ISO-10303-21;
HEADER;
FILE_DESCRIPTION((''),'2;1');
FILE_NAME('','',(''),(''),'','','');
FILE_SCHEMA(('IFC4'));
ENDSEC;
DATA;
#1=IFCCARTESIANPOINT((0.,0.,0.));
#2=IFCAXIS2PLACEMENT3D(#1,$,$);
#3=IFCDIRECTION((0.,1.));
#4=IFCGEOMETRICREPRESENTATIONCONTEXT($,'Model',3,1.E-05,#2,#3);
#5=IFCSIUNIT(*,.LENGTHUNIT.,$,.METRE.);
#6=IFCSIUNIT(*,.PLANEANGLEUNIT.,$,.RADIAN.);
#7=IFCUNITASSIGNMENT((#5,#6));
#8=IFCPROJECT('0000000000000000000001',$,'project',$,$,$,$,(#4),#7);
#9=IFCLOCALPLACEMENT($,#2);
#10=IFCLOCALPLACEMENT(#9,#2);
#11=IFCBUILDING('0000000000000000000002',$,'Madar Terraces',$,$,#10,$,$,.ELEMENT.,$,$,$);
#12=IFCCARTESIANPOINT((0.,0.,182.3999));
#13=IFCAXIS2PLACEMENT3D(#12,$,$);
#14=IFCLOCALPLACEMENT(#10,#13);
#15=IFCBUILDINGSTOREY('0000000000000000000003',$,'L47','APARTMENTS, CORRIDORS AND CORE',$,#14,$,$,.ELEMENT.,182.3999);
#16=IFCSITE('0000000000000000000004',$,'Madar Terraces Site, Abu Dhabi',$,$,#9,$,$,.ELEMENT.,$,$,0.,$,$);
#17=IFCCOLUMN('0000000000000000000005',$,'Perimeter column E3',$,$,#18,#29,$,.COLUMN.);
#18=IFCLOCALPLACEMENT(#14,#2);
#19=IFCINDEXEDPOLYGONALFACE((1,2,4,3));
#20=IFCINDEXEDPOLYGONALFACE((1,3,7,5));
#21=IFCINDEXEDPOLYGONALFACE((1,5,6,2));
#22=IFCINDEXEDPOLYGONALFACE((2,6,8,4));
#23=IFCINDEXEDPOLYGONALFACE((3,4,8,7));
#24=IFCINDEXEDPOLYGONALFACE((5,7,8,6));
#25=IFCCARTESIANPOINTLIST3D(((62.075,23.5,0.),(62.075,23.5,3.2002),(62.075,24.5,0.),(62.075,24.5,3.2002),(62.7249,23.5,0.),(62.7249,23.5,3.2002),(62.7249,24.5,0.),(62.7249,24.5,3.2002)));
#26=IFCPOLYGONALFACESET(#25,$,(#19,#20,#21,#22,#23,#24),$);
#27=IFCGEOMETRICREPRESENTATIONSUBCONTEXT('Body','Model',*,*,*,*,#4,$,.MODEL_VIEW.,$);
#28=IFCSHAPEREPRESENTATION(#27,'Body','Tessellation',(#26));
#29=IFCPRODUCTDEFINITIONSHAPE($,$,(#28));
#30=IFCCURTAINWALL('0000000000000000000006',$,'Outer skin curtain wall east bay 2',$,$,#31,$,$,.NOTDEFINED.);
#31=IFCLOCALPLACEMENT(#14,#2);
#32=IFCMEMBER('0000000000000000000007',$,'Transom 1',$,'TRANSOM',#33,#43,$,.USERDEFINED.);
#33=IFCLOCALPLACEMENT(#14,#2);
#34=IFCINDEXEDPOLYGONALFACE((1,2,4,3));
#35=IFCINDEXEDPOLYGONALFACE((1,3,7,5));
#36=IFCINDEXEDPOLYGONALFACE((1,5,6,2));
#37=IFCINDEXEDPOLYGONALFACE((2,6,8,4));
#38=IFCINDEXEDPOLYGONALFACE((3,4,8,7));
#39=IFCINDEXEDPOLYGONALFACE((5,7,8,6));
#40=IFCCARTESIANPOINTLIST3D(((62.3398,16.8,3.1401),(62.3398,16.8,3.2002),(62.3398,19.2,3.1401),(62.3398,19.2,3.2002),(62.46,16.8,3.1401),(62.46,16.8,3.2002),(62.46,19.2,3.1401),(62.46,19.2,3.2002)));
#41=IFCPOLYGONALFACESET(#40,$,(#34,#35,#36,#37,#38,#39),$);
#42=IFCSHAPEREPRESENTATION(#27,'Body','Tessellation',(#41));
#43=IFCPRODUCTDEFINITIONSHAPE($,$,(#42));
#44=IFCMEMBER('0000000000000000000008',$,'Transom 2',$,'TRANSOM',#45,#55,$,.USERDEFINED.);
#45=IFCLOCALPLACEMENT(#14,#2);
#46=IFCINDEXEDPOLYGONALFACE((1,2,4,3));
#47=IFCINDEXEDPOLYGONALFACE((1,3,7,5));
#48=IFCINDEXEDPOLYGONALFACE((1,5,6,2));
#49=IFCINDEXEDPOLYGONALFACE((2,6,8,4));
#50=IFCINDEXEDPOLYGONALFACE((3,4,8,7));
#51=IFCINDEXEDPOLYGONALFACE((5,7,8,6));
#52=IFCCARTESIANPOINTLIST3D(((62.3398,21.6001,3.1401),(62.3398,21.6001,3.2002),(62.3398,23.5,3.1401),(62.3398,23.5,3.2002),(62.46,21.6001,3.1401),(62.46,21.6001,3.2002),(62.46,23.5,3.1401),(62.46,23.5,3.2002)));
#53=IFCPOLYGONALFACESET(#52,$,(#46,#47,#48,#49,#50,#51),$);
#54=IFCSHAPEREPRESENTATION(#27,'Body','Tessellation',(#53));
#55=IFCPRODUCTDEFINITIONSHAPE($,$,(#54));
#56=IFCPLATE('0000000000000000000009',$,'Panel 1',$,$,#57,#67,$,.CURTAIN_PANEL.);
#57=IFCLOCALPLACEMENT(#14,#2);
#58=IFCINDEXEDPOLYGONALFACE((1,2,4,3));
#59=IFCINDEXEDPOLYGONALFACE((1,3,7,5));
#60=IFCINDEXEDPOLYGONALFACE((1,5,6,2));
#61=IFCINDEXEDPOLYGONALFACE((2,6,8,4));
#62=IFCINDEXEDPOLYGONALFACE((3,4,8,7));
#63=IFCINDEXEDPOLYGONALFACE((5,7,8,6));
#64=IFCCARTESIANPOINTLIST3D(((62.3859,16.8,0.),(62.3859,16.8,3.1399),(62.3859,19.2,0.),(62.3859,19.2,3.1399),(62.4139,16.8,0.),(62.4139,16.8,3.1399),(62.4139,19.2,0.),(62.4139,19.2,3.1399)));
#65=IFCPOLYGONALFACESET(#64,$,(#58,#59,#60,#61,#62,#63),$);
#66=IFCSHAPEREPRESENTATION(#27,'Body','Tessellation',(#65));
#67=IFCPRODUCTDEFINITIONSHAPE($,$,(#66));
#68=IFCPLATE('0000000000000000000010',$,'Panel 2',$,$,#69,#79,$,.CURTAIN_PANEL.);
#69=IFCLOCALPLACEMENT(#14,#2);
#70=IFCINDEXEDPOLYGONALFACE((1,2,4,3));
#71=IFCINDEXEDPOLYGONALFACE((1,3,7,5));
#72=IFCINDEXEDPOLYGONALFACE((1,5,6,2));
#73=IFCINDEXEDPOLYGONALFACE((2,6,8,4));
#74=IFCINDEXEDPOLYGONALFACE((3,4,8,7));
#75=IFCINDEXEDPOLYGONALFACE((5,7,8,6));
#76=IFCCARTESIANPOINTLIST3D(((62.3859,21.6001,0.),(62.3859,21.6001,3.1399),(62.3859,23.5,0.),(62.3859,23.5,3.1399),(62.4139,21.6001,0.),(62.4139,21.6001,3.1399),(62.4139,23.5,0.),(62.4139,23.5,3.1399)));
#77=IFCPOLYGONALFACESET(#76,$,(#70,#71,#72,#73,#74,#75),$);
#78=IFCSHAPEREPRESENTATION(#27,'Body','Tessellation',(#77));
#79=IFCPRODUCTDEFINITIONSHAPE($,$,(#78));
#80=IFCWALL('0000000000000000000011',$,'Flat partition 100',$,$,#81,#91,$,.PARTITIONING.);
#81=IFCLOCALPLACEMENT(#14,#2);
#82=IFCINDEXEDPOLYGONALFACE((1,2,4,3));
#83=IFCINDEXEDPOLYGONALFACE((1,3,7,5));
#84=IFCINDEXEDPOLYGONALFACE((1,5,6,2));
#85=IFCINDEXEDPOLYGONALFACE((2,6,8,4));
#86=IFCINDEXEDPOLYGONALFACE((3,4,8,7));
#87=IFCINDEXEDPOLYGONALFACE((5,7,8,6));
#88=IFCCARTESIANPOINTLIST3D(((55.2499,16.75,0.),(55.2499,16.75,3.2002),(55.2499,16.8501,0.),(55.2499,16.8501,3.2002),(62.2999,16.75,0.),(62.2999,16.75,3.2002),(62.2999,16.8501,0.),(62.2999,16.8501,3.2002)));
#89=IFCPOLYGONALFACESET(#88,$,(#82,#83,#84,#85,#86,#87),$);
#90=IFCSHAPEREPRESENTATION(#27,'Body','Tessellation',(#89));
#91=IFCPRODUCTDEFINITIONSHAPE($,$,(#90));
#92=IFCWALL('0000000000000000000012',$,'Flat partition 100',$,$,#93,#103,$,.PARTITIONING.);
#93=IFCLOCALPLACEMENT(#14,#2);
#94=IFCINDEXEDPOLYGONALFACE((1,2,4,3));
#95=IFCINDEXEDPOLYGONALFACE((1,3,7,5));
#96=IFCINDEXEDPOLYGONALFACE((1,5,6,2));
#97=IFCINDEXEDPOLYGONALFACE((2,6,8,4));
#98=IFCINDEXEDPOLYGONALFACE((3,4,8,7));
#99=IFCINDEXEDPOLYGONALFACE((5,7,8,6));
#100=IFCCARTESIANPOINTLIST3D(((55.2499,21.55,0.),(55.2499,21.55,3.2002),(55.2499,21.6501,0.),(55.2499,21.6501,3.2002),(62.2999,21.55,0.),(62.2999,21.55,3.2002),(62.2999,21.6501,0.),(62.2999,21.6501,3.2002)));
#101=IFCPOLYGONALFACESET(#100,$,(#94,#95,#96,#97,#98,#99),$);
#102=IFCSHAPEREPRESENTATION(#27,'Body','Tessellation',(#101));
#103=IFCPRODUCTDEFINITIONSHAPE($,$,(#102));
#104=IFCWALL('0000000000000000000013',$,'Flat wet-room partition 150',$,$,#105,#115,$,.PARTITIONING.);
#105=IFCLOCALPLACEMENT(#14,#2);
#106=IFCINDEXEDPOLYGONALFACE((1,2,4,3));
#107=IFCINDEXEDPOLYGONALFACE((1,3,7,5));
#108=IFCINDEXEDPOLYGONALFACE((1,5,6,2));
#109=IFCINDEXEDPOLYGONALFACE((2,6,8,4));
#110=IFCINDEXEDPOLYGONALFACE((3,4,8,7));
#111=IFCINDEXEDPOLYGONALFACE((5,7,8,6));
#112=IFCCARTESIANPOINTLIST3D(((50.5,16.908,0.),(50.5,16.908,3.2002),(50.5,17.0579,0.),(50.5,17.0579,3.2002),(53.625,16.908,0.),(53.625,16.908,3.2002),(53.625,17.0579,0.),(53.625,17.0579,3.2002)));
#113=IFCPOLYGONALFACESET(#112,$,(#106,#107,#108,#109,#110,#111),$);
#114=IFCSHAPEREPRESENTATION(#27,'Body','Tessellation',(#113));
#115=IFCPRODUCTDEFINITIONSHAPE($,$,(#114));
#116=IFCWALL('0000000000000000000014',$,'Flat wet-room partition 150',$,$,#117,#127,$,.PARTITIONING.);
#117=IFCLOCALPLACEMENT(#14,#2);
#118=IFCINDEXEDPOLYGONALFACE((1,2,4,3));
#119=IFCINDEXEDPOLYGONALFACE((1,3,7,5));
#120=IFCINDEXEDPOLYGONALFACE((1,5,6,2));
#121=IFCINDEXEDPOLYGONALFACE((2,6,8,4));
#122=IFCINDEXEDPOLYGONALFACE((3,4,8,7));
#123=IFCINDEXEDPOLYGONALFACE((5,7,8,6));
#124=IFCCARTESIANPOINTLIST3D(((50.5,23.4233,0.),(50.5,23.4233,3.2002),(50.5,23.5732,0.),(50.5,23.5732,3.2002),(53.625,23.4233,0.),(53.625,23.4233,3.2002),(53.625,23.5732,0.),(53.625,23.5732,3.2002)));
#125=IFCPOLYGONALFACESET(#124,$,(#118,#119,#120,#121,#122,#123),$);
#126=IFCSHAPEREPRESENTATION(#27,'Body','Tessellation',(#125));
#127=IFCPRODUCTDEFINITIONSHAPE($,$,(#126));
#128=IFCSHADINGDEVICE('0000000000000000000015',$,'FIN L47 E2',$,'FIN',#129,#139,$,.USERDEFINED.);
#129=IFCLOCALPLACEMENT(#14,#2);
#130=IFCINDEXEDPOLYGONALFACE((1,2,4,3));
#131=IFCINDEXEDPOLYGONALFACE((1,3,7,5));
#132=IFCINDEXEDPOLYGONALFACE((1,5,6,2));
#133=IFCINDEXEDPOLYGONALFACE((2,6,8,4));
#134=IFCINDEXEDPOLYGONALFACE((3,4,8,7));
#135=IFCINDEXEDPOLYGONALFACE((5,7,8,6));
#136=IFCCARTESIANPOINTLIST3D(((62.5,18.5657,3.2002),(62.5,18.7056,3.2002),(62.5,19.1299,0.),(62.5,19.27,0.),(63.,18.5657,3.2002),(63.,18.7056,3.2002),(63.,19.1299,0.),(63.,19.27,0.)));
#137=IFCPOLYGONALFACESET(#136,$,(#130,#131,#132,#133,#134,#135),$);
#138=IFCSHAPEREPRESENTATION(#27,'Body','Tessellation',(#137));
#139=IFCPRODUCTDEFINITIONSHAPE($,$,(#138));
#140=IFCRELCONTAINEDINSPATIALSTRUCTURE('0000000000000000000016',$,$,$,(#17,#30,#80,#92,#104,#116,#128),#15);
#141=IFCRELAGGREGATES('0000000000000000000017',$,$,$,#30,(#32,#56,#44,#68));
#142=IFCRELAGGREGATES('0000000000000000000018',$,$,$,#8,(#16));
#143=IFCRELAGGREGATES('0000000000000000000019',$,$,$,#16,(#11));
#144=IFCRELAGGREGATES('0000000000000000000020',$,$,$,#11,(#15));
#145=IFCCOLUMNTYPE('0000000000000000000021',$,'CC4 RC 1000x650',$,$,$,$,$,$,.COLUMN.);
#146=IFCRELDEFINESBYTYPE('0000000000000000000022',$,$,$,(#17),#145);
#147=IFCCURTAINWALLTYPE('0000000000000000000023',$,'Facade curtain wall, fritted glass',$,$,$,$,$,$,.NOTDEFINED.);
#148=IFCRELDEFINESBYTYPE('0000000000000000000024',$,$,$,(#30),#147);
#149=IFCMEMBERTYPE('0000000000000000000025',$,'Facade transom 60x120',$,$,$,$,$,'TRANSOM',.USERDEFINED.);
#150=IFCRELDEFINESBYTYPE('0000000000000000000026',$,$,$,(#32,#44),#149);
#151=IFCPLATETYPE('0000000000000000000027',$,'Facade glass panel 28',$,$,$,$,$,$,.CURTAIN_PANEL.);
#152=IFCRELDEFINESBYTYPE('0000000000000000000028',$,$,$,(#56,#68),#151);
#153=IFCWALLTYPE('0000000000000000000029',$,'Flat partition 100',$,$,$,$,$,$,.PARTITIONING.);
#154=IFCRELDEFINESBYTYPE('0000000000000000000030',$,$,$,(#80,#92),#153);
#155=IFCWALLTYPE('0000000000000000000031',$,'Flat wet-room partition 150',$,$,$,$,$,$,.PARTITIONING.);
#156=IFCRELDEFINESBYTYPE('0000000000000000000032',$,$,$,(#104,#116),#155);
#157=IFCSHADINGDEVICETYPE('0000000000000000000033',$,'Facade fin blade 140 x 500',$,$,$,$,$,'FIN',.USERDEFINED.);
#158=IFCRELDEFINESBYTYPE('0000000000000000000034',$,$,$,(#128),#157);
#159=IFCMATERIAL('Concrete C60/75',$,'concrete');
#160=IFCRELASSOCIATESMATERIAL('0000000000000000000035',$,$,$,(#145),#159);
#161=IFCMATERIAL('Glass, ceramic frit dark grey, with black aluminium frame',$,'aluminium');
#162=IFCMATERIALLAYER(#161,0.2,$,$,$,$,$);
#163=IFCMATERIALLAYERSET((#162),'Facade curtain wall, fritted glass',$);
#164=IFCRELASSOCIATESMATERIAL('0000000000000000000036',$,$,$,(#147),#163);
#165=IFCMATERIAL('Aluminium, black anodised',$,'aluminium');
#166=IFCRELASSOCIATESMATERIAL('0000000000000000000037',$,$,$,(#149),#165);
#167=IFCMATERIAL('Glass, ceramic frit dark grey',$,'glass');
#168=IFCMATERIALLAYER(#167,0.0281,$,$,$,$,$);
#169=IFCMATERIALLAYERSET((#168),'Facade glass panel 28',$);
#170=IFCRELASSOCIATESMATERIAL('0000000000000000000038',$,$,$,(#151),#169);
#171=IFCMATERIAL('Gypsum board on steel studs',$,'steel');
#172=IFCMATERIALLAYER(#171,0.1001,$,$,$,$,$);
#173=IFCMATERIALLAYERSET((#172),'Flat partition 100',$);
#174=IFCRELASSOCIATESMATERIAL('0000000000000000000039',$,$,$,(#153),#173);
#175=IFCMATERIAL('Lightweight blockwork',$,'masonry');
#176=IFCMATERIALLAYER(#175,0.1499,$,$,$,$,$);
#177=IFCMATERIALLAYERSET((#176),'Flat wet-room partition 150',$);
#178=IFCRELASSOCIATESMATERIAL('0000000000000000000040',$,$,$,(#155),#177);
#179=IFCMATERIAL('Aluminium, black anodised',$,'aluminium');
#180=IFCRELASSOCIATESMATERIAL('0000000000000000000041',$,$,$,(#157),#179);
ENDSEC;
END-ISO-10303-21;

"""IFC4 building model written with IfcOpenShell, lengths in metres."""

from ifc_helpers import new_model, si_unit, direction, frame, frame_2d, origin, origin_2d, place, context, subcontext, project, spatial, polyline, rectangle, outline, extrude, material, layer, layer_set, material_profile, profile_set, type_object, element, aggregate, save


model = new_model("IFC4")

# Units and contexts
model_context = context("Model", 3, precision=1e-05, world=origin(), true_north=direction((0.0, 1.0)))
body_context = subcontext(model_context, "Body", "Model", "MODEL_VIEW")
ifc_project = project(units=[si_unit("LENGTHUNIT", "METRE"), si_unit("PLANEANGLEUNIT", "RADIAN")], contexts=[model_context])

# Site, building, storey
site_placement = place(None, origin())
site = spatial("IfcSite", under=ifc_project, at=site_placement, Name="Madar Terraces Site, Abu Dhabi", CompositionType="ELEMENT", RefElevation=0.0)
building_placement = place(site_placement, origin())
building = spatial("IfcBuilding", under=site, at=building_placement, Name="Madar Terraces", CompositionType="ELEMENT")
storey_placement = place(building_placement, frame((0.0, 0.0, 182.3999)))
storey = spatial("IfcBuildingStorey", under=building, at=storey_placement, Name="L47", Description="APARTMENTS, CORRIDORS AND CORE", CompositionType="ELEMENT", Elevation=182.3999)

# Column
ifc_material_1 = material(Name="Concrete C60/75", Category="concrete")
ifc_material_profile_1 = material_profile(ifc_material_1, rectangle(XDim=1.0, YDim=0.6499, at=origin_2d()), Name="CC4 RC 1000x650")
ifc_profile_set_1 = profile_set([ifc_material_profile_1], Name="Concrete C60/75")
column_type = type_object("IfcColumnType", Name="CC4 RC 1000x650", PredefinedType="COLUMN", material=ifc_profile_set_1)
column_placement = place(storey_placement, frame((62.3999, 24.0, 0.0), z_axis=(0.0, 0.0, 1.0), x_axis=(0.0, 1.0, 0.0)))
element("IfcColumn", 1, at=column_placement, inside=storey, type_object=column_type, Name="Perimeter column E3", PredefinedType="COLUMN", context=body_context, shape_type="SweptSolid", body=[
    extrude(rectangle(XDim=1.0, YDim=0.6499, at=origin_2d()), origin(), (0.0, 0.0, 1.0), 3.2002),
])

# Curtain wall, members, plates
ifc_material_2 = material(Name="Glass, ceramic frit dark grey, with black aluminium frame", Category="aluminium")
ifc_layer_1 = layer(ifc_material_2, 0.2)
ifc_layer_set_1 = layer_set([ifc_layer_1], Name="Facade curtain wall, fritted glass")
curtain_wall_type = type_object("IfcCurtainWallType", Name="Facade curtain wall, fritted glass", PredefinedType="NOTDEFINED", material=ifc_layer_set_1)
curtain_wall_placement = place(storey_placement, origin())
curtain_wall = element("IfcCurtainWall", 2, at=curtain_wall_placement, inside=storey, type_object=curtain_wall_type, Name="Outer skin curtain wall east bay 2", PredefinedType="NOTDEFINED")
ifc_material_3 = material(Name="Aluminium, black anodised", Category="aluminium")
ifc_material_profile_2 = material_profile(ifc_material_3, rectangle(XDim=0.1201, YDim=0.0601, at=origin_2d()), Name="Facade transom 60x120")
ifc_profile_set_2 = profile_set([ifc_material_profile_2], Name="Aluminium, black anodised")
member_type = type_object("IfcMemberType", Name="Facade transom 60x120", ElementType="TRANSOM", PredefinedType="USERDEFINED", material=ifc_profile_set_2)
member_1_placement = place(storey_placement, frame((62.3999, 16.8, 3.1702), z_axis=(0.0, 1.0, 0.0), x_axis=(-1.0, 0.0, 0.0)))
member_1 = element("IfcMember", 3, at=member_1_placement, type_object=member_type, Name="Transom 1", ObjectType="TRANSOM", PredefinedType="USERDEFINED", context=body_context, shape_type="SweptSolid", body=[
    extrude(rectangle(XDim=0.1201, YDim=0.0601, at=origin_2d()), origin(), (0.0, 0.0, 1.0), 2.3999),
])
member_2_placement = place(storey_placement, frame((62.3999, 21.6001, 3.1702), z_axis=(0.0, 1.0, 0.0), x_axis=(-1.0, 0.0, 0.0)))
member_2 = element("IfcMember", 4, at=member_2_placement, type_object=member_type, Name="Transom 2", ObjectType="TRANSOM", PredefinedType="USERDEFINED", context=body_context, shape_type="SweptSolid", body=[
    extrude(rectangle(XDim=0.1201, YDim=0.0601, at=origin_2d()), origin(), (0.0, 0.0, 1.0), 1.8999),
])
ifc_material_4 = material(Name="Glass, ceramic frit dark grey", Category="glass")
ifc_layer_2 = layer(ifc_material_4, 0.0281)
ifc_layer_set_2 = layer_set([ifc_layer_2], Name="Facade glass panel 28")
plate_type = type_object("IfcPlateType", Name="Facade glass panel 28", PredefinedType="CURTAIN_PANEL", material=ifc_layer_set_2)
plate_1_placement = place(storey_placement, frame((62.3999, 18.0, 0.0), z_axis=(0.0, 0.0, 1.0), x_axis=(0.0, 1.0, 0.0)))
plate_1 = element("IfcPlate", 5, at=plate_1_placement, type_object=plate_type, Name="Panel 1", PredefinedType="CURTAIN_PANEL", context=body_context, shape_type="SweptSolid", body=[
    extrude(rectangle(XDim=2.3999, YDim=0.0281, at=origin_2d()), origin(), (0.0, 0.0, 1.0), 3.1399),
])
plate_2_placement = place(storey_placement, frame((62.3999, 22.55, 0.0), z_axis=(0.0, 0.0, 1.0), x_axis=(0.0, 1.0, 0.0)))
plate_2 = element("IfcPlate", 6, at=plate_2_placement, type_object=plate_type, Name="Panel 2", PredefinedType="CURTAIN_PANEL", context=body_context, shape_type="SweptSolid", body=[
    extrude(rectangle(XDim=1.8999, YDim=0.0281, at=origin_2d()), origin(), (0.0, 0.0, 1.0), 3.1399),
])
aggregate(curtain_wall, [member_1, plate_1, member_2, plate_2])

# Walls
ifc_material_5 = material(Name="Gypsum board on steel studs", Category="steel")
ifc_layer_3 = layer(ifc_material_5, 0.1001)
ifc_layer_set_3 = layer_set([ifc_layer_3], Name="Flat partition 100")
wall_type_1 = type_object("IfcWallType", Name="Flat partition 100", PredefinedType="PARTITIONING", material=ifc_layer_set_3)
for number, where, z_axis, x_axis, name in (
    (7, (55.25, 16.8, 0.0), (0.0, 0.0, 1.0), (1.0, 0.0, 0.0), "Flat partition 100"),
    (8, (55.25, 21.6001, 0.0), (0.0, 0.0, 1.0), (1.0, 0.0, 0.0), "Flat partition 100"),
):
    element("IfcWall", number, at=place(storey_placement, frame(where, z_axis=z_axis, x_axis=x_axis)), inside=storey, type_object=wall_type_1, Name=name, PredefinedType="PARTITIONING", context=body_context, shape_type="SweptSolid", body=[
        extrude(rectangle(XDim=7.05, YDim=0.1001, at=frame_2d((3.5249, 0.0))), origin(), (0.0, 0.0, 1.0), 3.2002),
    ])
ifc_material_6 = material(Name="Lightweight blockwork", Category="masonry")
ifc_layer_4 = layer(ifc_material_6, 0.1499)
ifc_layer_set_4 = layer_set([ifc_layer_4], Name="Flat wet-room partition 150")
wall_type_2 = type_object("IfcWallType", Name="Flat wet-room partition 150", PredefinedType="PARTITIONING", material=ifc_layer_set_4)
for number, where, z_axis, x_axis, name in (
    (9, (50.5, 16.9829, 0.0), (0.0, 0.0, 1.0), (1.0, 0.0, 0.0), "Flat wet-room partition 150"),
    (10, (50.5, 23.4983, 0.0), (0.0, 0.0, 1.0), (1.0, 0.0, 0.0), "Flat wet-room partition 150"),
):
    element("IfcWall", number, at=place(storey_placement, frame(where, z_axis=z_axis, x_axis=x_axis)), inside=storey, type_object=wall_type_2, Name=name, PredefinedType="PARTITIONING", context=body_context, shape_type="SweptSolid", body=[
        extrude(rectangle(XDim=3.125, YDim=0.1499, at=frame_2d((1.5625, 0.0))), origin(), (0.0, 0.0, 1.0), 3.2002),
    ])

# Shading device
ifc_material_7 = material(Name="Aluminium, black anodised", Category="aluminium")
shading_device_type = type_object("IfcShadingDeviceType", Name="Facade fin blade 140 x 500", ElementType="FIN", PredefinedType="USERDEFINED", material=ifc_material_7)
shading_device_placement = place(storey_placement, frame((62.75, 19.1299, 0.0), z_axis=(0.0, 0.0, 1.0), x_axis=(0.0, 1.0, 0.0)))
element("IfcShadingDevice", 11, at=shading_device_placement, inside=storey, type_object=shading_device_type, Name="FIN L47 E2", ObjectType="FIN", PredefinedType="USERDEFINED", context=body_context, shape_type="SweptSolid", body=[
    extrude(outline(polyline([(0.0, 0.0), (0.1401, 0.0), (-0.4243, 3.2002), (-0.5642, 3.2002), (0.0, 0.0)])), frame((0.0, 0.25, 0.0), z_axis=(0.0, -1.0, 0.0), x_axis=(1.0, 0.0, 0.0)), (0.0, 0.0, 1.0), 0.5),
])

save(model, "model.ifc")
